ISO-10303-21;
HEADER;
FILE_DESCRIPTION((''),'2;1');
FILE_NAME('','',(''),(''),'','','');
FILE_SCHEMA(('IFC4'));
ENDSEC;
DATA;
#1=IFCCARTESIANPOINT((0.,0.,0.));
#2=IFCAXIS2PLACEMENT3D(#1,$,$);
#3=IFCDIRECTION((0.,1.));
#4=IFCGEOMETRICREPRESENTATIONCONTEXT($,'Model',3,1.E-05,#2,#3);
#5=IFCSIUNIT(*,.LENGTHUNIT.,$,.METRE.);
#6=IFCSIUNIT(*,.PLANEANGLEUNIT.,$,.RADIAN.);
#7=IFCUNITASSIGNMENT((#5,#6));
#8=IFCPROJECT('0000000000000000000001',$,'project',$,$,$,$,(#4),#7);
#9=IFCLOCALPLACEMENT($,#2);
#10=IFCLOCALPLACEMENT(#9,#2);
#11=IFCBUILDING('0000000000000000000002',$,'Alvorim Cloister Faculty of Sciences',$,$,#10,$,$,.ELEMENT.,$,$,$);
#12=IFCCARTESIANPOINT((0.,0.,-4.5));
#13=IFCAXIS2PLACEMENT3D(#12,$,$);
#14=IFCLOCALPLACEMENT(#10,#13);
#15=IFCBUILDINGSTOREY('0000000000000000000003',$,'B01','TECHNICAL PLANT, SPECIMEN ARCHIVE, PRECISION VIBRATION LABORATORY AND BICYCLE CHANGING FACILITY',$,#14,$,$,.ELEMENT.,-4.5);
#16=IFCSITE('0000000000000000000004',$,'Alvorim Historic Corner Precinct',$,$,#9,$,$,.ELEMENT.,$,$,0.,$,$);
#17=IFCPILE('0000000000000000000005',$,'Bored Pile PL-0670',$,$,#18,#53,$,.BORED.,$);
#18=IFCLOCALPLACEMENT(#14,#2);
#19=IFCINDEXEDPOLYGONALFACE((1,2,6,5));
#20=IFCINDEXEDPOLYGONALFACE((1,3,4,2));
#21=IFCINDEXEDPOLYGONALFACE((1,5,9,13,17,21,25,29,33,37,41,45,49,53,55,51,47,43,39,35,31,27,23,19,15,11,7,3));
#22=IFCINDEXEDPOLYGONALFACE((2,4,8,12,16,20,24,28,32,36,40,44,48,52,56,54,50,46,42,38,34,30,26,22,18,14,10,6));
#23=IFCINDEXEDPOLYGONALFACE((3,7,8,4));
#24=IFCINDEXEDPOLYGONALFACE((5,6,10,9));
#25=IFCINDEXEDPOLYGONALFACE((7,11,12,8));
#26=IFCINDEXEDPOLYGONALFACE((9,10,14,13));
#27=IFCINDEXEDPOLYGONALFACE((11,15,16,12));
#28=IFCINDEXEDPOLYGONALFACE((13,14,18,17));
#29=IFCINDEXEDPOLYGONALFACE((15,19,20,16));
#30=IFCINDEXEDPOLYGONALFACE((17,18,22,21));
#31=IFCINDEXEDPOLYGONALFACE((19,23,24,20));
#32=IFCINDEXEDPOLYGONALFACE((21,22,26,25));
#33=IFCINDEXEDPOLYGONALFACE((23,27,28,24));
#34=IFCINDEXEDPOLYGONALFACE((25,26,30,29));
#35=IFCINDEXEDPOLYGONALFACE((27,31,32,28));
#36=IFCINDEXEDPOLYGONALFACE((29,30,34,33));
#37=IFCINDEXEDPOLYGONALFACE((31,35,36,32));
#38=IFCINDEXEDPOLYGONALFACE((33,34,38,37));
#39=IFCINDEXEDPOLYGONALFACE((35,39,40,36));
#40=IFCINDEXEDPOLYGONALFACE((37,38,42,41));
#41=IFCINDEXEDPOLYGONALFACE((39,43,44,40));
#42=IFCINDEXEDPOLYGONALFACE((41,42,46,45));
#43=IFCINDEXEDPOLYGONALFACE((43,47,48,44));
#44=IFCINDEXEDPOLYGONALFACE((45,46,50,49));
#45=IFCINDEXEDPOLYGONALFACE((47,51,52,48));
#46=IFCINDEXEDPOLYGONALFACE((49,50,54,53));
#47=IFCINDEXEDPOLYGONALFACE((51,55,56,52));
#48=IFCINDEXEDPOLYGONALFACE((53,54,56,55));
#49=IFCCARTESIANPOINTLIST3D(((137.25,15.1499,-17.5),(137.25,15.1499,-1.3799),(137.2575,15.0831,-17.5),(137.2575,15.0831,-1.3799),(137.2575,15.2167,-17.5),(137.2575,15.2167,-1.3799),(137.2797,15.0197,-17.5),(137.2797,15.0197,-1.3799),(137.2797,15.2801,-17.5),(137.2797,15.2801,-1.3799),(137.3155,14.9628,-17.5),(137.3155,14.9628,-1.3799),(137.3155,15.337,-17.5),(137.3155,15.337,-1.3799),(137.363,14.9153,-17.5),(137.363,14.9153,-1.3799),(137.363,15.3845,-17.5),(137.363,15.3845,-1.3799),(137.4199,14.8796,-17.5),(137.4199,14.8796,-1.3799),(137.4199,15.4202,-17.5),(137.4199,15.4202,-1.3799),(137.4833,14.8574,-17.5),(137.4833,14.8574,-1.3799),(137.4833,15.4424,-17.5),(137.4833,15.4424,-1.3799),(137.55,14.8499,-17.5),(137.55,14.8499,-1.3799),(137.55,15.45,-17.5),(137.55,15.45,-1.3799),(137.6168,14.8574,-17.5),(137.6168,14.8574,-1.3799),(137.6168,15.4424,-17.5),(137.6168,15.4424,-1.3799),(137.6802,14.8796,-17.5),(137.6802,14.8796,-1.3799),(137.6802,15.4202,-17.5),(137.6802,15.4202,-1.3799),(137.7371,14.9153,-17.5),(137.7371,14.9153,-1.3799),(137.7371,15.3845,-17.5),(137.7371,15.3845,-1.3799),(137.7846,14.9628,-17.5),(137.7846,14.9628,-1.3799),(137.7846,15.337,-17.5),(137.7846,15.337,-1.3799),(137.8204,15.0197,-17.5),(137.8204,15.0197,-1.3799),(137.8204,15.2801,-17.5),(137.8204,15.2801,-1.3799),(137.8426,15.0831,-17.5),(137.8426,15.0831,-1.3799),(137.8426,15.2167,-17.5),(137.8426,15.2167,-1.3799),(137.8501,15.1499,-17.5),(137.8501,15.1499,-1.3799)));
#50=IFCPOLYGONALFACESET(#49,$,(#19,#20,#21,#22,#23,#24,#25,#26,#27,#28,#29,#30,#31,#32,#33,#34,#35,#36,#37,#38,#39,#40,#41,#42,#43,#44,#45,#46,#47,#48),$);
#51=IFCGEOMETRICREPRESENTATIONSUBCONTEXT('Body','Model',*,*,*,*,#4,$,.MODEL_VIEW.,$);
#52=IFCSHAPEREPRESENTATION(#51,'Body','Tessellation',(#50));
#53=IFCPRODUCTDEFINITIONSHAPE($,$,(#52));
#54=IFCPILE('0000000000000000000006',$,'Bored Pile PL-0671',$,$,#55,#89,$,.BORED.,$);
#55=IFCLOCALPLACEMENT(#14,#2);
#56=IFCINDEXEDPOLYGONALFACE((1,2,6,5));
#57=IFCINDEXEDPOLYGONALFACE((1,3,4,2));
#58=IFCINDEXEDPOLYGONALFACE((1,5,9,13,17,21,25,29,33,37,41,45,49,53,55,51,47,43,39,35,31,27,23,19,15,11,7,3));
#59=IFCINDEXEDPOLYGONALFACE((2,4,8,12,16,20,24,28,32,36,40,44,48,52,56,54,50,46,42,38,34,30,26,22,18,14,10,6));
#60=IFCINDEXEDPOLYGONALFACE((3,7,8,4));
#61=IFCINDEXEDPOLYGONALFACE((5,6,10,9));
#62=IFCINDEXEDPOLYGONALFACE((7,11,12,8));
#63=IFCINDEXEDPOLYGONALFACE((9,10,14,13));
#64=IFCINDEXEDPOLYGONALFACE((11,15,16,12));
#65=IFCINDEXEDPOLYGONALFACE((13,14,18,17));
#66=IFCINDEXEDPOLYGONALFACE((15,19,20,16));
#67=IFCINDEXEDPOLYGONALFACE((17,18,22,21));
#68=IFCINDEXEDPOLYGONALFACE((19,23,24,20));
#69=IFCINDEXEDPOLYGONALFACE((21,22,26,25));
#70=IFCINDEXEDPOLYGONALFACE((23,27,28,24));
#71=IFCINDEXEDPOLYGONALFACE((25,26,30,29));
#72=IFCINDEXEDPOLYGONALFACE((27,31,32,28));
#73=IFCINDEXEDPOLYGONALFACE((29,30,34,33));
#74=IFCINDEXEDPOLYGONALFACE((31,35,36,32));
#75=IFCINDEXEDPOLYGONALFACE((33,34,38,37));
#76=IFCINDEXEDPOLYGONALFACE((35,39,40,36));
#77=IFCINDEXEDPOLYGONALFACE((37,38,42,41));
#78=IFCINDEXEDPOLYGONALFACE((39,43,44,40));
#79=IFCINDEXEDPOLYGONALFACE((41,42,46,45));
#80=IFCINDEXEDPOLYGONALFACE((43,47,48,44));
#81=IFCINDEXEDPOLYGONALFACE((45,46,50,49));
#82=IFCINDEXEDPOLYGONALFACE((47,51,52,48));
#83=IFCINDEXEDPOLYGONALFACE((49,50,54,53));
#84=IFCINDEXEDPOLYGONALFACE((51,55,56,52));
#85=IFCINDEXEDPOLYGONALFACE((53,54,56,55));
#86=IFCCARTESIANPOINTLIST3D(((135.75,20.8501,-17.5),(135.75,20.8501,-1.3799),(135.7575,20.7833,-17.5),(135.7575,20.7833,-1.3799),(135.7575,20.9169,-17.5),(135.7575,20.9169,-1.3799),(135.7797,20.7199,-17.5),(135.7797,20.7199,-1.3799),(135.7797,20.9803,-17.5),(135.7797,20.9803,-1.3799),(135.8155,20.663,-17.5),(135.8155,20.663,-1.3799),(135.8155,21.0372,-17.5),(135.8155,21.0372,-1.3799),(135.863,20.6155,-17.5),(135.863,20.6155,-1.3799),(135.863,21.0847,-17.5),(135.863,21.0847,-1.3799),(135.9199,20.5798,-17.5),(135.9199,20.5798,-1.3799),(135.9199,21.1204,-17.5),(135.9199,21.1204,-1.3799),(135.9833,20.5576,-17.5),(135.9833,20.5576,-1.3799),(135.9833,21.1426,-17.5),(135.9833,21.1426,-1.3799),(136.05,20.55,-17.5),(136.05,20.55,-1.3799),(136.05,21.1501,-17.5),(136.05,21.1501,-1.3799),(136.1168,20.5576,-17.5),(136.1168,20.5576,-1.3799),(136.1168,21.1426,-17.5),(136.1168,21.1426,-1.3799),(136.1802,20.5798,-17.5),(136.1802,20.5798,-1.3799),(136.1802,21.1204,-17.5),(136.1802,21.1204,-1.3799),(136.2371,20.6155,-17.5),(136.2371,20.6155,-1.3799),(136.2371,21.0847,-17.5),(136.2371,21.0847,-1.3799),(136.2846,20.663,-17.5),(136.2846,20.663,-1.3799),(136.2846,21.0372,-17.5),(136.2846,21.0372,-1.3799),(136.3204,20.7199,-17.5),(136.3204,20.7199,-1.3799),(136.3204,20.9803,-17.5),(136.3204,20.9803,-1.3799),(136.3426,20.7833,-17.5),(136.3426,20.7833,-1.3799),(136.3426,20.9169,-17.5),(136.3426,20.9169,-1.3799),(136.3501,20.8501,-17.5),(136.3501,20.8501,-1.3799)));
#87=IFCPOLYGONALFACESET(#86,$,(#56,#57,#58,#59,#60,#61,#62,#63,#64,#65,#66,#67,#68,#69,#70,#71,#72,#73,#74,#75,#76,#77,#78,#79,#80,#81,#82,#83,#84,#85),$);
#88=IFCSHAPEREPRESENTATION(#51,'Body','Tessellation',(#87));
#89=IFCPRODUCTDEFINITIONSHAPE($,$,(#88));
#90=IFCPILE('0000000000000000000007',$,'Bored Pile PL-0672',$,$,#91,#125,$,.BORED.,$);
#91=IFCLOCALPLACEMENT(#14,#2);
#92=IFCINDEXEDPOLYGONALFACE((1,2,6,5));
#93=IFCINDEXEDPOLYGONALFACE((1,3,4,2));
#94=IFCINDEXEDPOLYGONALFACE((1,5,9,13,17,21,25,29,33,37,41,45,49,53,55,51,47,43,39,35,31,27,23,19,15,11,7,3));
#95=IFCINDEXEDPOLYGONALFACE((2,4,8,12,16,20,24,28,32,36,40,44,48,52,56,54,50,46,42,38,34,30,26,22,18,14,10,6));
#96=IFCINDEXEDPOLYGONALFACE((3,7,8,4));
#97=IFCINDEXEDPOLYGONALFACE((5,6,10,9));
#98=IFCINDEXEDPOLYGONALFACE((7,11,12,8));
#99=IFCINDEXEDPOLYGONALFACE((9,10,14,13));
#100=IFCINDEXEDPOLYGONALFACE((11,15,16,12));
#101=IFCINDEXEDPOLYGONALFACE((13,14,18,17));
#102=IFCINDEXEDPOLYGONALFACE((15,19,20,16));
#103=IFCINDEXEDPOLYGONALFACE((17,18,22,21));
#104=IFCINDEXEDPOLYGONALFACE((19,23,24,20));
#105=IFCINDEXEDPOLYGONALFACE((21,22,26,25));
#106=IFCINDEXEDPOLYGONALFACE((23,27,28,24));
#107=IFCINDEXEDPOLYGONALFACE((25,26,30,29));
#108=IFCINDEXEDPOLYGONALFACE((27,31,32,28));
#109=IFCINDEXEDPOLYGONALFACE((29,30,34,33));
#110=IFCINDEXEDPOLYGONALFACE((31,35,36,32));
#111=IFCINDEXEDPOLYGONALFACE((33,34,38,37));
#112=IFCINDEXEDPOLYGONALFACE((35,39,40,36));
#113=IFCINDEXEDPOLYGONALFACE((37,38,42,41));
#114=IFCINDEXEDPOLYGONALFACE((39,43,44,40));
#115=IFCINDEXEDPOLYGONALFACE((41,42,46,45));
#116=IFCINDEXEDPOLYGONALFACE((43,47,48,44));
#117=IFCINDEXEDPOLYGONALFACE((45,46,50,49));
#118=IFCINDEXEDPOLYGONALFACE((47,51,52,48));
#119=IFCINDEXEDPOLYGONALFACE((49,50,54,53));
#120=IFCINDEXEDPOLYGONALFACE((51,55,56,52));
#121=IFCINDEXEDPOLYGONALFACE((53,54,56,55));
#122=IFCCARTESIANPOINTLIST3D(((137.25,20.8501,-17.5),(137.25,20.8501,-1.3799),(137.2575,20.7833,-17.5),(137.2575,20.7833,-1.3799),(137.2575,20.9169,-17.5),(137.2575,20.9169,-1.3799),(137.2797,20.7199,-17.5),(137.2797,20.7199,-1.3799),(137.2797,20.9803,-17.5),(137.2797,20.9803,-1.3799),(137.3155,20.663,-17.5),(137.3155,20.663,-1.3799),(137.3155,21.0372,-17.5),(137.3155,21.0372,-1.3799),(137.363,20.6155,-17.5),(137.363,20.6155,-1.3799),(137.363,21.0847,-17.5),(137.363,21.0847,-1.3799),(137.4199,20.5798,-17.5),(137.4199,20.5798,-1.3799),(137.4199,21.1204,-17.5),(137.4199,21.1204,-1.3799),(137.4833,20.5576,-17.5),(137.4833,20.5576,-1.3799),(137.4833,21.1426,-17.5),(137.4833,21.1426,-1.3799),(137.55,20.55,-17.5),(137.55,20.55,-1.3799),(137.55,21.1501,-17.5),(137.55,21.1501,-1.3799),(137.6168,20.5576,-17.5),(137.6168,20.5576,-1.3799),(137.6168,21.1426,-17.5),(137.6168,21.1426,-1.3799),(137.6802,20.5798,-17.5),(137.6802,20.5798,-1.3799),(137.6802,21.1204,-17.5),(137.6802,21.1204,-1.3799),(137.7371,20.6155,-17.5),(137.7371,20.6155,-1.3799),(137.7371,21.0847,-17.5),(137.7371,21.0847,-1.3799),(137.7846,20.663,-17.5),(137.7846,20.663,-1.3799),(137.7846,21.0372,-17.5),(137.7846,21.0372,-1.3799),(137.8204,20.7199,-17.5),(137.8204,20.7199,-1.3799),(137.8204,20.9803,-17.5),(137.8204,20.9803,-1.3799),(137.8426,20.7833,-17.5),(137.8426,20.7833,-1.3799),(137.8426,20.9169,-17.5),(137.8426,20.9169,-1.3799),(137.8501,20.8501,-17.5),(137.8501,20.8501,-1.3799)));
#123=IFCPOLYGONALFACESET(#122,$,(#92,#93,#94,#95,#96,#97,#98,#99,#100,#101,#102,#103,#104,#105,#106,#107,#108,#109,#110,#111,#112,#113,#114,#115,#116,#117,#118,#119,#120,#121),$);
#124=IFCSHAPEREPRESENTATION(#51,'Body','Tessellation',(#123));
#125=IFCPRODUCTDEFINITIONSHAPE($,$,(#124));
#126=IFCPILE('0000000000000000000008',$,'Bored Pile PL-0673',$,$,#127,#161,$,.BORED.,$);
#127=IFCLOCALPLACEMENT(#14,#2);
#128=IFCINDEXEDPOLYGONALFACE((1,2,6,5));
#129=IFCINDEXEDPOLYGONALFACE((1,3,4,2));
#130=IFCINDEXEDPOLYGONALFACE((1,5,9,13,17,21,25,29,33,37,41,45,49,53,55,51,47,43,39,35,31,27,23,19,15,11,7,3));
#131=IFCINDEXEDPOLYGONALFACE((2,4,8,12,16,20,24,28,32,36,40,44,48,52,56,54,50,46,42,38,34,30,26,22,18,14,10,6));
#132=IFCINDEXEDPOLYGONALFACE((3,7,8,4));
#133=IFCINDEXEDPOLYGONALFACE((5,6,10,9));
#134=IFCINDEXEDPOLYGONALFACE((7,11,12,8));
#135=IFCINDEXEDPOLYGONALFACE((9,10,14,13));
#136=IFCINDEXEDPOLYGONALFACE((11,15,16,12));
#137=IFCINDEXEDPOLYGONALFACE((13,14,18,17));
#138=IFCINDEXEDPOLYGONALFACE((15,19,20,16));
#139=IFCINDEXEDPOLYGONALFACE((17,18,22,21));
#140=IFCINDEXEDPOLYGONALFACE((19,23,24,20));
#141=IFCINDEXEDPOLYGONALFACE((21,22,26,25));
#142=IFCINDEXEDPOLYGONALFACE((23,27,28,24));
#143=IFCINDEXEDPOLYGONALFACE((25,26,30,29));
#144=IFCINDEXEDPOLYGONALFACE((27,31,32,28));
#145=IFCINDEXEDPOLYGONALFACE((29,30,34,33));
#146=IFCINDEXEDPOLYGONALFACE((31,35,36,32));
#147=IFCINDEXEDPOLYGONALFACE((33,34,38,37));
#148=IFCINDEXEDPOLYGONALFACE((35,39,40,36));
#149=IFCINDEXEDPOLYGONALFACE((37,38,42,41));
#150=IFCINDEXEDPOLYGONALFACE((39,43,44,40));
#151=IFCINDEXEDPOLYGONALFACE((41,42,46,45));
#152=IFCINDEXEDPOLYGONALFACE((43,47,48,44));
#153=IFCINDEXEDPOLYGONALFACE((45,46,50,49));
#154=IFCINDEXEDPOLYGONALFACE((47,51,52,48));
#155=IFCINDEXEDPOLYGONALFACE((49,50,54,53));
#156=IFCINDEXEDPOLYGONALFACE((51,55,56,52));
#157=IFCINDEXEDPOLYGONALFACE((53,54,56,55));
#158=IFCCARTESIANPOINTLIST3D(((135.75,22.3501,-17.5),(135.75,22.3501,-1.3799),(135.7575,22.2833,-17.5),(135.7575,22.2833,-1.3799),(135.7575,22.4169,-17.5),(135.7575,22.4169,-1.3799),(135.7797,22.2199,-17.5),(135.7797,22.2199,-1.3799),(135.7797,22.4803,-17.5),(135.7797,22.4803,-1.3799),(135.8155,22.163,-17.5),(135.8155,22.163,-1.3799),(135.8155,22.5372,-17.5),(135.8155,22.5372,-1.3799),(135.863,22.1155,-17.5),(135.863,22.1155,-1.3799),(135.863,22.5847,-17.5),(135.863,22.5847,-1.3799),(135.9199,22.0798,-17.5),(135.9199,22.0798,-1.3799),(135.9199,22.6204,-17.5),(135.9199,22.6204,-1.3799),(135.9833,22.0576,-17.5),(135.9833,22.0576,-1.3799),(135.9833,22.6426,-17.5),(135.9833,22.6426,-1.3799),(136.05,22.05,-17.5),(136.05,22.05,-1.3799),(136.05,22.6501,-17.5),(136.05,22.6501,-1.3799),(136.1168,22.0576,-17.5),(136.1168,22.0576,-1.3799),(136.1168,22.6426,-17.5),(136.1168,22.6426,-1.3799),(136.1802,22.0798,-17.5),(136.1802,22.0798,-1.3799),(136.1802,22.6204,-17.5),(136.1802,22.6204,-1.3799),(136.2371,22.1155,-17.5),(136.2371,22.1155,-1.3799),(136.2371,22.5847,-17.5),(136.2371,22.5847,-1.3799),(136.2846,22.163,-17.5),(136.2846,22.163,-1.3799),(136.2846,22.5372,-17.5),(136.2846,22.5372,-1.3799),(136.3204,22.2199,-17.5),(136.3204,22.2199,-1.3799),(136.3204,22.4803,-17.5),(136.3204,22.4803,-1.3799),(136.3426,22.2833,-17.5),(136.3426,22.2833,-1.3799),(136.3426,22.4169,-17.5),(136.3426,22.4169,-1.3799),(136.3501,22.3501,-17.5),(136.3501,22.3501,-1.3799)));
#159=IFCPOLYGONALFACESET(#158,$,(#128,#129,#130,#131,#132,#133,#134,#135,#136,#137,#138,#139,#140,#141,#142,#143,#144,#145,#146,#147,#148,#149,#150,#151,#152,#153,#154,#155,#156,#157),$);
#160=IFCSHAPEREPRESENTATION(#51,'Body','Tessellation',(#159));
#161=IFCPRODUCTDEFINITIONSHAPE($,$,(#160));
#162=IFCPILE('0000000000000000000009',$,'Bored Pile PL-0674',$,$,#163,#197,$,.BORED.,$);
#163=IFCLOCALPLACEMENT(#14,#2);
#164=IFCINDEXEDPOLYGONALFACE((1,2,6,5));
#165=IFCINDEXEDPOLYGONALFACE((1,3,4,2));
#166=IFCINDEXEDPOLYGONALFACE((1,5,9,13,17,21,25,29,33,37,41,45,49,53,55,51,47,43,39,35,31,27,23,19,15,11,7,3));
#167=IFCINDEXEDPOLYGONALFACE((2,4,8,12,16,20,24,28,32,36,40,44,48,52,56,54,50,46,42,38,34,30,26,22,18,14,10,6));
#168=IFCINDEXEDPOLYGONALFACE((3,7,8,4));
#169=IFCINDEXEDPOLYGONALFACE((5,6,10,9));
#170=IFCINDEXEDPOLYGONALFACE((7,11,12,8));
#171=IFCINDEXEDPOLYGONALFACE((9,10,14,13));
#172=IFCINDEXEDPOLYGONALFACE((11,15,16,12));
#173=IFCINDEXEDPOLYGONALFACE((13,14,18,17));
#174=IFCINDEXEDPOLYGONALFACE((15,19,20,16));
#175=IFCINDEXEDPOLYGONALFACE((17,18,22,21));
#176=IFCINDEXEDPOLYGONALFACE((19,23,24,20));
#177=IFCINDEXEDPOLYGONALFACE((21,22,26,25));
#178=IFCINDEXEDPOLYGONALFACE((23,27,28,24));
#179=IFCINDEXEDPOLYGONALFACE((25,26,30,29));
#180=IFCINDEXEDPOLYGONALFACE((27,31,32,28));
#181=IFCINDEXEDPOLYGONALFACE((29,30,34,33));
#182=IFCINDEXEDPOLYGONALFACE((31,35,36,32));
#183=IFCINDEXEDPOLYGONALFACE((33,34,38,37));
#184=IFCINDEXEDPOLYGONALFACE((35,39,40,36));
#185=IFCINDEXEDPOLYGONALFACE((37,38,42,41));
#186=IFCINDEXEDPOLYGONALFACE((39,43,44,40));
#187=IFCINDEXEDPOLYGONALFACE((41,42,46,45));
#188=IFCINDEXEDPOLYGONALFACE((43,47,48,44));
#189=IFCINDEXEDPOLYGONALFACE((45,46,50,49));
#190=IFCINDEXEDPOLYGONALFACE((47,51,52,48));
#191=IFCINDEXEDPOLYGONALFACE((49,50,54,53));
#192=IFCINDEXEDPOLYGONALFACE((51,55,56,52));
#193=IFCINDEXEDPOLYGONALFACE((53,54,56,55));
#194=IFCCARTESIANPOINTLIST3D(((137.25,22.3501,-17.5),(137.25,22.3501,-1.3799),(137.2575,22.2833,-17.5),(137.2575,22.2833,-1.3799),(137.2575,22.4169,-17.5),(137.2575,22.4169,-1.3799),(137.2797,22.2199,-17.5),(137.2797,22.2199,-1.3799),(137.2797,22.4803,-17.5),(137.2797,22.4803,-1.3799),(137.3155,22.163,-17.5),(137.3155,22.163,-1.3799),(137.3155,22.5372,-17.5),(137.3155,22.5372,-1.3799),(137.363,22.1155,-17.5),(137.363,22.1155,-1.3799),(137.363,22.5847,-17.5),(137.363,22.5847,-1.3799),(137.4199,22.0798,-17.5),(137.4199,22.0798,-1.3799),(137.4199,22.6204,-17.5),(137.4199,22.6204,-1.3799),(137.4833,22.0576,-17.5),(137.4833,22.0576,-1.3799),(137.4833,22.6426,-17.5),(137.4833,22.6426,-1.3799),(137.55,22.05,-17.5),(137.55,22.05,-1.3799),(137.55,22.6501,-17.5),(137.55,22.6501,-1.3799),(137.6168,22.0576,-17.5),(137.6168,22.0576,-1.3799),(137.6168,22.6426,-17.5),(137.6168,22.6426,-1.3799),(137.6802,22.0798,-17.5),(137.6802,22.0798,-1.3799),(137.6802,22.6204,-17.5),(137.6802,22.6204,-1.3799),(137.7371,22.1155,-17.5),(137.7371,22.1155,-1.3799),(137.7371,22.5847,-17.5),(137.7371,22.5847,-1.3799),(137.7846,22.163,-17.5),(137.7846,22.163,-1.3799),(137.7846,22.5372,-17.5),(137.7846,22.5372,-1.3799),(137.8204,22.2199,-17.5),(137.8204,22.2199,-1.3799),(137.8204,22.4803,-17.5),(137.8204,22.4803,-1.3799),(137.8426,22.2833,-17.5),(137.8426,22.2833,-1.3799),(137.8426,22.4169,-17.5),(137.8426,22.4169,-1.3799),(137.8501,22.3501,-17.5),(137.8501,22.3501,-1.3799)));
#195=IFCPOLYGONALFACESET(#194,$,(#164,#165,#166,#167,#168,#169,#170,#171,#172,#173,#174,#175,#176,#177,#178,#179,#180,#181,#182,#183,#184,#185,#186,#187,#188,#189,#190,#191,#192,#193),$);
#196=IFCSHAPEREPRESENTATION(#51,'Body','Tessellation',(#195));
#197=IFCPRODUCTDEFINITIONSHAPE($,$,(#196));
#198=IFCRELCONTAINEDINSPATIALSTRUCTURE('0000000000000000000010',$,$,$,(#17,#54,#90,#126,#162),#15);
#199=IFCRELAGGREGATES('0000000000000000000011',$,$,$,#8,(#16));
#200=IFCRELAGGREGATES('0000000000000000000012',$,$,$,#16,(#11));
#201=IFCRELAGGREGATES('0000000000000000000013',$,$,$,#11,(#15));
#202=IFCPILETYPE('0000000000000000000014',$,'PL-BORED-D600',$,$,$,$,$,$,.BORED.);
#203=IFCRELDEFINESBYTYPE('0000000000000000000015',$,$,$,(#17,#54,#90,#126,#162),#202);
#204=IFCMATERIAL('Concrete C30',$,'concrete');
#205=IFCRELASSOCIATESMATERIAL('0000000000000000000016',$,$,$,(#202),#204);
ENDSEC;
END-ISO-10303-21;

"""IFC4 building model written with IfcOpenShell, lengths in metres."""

from ifc_helpers import new_model, si_unit, direction, frame, origin, origin_2d, place, context, subcontext, project, spatial, circle, extrude, material, material_profile, profile_set, type_object, element, save


model = new_model("IFC4")

# Units and contexts
model_context = context("Model", 3, precision=1e-05, world=origin(), true_north=direction((0.0, 1.0)))
body_context = subcontext(model_context, "Body", "Model", "MODEL_VIEW")
ifc_project = project(units=[si_unit("LENGTHUNIT", "METRE"), si_unit("PLANEANGLEUNIT", "RADIAN")], contexts=[model_context])

# Site, building, storey
site_placement = place(None, origin())
site = spatial("IfcSite", under=ifc_project, at=site_placement, Name="Alvorim Historic Corner Precinct", CompositionType="ELEMENT", RefElevation=0.0)
building_placement = place(site_placement, origin())
building = spatial("IfcBuilding", under=site, at=building_placement, Name="Alvorim Cloister Faculty of Sciences", CompositionType="ELEMENT")
storey_placement = place(building_placement, frame((0.0, 0.0, -4.5)))
storey = spatial("IfcBuildingStorey", under=building, at=storey_placement, Name="B01", Description="TECHNICAL PLANT, SPECIMEN ARCHIVE, PRECISION VIBRATION LABORATORY AND BICYCLE CHANGING FACILITY", CompositionType="ELEMENT", Elevation=-4.5)

# Piles
ifc_material_1 = material(Name="Concrete C30", Category="concrete")
ifc_material_profile_1 = material_profile(ifc_material_1, circle(Radius=0.3, at=origin_2d()), Name="PILE-D600")
ifc_profile_set_1 = profile_set([ifc_material_profile_1], Name="Concrete C30")
pile_type = type_object("IfcPileType", Name="PL-BORED-D600", PredefinedType="BORED", material=ifc_profile_set_1)
for number, where, z_axis, x_axis, name in (
    (1, (137.55, 15.1499, -1.3799), (0.0, 0.0, -1.0), (1.0, 0.0, 0.0), "Bored Pile PL-0670"),
    (2, (136.05, 20.8501, -1.3799), (0.0, 0.0, -1.0), (1.0, 0.0, 0.0), "Bored Pile PL-0671"),
    (3, (137.55, 20.8501, -1.3799), (0.0, 0.0, -1.0), (1.0, 0.0, 0.0), "Bored Pile PL-0672"),
    (4, (136.05, 22.3501, -1.3799), (0.0, 0.0, -1.0), (1.0, 0.0, 0.0), "Bored Pile PL-0673"),
    (5, (137.55, 22.3501, -1.3799), (0.0, 0.0, -1.0), (1.0, 0.0, 0.0), "Bored Pile PL-0674"),
):
    element("IfcPile", number, at=place(storey_placement, frame(where, z_axis=z_axis, x_axis=x_axis)), inside=storey, type_object=pile_type, Name=name, PredefinedType="BORED", context=body_context, shape_type="SweptSolid", body=[
        extrude(circle(Radius=0.3, at=origin_2d()), origin(), (0.0, 0.0, 1.0), 16.1201),
    ])

save(model, "model.ifc")
